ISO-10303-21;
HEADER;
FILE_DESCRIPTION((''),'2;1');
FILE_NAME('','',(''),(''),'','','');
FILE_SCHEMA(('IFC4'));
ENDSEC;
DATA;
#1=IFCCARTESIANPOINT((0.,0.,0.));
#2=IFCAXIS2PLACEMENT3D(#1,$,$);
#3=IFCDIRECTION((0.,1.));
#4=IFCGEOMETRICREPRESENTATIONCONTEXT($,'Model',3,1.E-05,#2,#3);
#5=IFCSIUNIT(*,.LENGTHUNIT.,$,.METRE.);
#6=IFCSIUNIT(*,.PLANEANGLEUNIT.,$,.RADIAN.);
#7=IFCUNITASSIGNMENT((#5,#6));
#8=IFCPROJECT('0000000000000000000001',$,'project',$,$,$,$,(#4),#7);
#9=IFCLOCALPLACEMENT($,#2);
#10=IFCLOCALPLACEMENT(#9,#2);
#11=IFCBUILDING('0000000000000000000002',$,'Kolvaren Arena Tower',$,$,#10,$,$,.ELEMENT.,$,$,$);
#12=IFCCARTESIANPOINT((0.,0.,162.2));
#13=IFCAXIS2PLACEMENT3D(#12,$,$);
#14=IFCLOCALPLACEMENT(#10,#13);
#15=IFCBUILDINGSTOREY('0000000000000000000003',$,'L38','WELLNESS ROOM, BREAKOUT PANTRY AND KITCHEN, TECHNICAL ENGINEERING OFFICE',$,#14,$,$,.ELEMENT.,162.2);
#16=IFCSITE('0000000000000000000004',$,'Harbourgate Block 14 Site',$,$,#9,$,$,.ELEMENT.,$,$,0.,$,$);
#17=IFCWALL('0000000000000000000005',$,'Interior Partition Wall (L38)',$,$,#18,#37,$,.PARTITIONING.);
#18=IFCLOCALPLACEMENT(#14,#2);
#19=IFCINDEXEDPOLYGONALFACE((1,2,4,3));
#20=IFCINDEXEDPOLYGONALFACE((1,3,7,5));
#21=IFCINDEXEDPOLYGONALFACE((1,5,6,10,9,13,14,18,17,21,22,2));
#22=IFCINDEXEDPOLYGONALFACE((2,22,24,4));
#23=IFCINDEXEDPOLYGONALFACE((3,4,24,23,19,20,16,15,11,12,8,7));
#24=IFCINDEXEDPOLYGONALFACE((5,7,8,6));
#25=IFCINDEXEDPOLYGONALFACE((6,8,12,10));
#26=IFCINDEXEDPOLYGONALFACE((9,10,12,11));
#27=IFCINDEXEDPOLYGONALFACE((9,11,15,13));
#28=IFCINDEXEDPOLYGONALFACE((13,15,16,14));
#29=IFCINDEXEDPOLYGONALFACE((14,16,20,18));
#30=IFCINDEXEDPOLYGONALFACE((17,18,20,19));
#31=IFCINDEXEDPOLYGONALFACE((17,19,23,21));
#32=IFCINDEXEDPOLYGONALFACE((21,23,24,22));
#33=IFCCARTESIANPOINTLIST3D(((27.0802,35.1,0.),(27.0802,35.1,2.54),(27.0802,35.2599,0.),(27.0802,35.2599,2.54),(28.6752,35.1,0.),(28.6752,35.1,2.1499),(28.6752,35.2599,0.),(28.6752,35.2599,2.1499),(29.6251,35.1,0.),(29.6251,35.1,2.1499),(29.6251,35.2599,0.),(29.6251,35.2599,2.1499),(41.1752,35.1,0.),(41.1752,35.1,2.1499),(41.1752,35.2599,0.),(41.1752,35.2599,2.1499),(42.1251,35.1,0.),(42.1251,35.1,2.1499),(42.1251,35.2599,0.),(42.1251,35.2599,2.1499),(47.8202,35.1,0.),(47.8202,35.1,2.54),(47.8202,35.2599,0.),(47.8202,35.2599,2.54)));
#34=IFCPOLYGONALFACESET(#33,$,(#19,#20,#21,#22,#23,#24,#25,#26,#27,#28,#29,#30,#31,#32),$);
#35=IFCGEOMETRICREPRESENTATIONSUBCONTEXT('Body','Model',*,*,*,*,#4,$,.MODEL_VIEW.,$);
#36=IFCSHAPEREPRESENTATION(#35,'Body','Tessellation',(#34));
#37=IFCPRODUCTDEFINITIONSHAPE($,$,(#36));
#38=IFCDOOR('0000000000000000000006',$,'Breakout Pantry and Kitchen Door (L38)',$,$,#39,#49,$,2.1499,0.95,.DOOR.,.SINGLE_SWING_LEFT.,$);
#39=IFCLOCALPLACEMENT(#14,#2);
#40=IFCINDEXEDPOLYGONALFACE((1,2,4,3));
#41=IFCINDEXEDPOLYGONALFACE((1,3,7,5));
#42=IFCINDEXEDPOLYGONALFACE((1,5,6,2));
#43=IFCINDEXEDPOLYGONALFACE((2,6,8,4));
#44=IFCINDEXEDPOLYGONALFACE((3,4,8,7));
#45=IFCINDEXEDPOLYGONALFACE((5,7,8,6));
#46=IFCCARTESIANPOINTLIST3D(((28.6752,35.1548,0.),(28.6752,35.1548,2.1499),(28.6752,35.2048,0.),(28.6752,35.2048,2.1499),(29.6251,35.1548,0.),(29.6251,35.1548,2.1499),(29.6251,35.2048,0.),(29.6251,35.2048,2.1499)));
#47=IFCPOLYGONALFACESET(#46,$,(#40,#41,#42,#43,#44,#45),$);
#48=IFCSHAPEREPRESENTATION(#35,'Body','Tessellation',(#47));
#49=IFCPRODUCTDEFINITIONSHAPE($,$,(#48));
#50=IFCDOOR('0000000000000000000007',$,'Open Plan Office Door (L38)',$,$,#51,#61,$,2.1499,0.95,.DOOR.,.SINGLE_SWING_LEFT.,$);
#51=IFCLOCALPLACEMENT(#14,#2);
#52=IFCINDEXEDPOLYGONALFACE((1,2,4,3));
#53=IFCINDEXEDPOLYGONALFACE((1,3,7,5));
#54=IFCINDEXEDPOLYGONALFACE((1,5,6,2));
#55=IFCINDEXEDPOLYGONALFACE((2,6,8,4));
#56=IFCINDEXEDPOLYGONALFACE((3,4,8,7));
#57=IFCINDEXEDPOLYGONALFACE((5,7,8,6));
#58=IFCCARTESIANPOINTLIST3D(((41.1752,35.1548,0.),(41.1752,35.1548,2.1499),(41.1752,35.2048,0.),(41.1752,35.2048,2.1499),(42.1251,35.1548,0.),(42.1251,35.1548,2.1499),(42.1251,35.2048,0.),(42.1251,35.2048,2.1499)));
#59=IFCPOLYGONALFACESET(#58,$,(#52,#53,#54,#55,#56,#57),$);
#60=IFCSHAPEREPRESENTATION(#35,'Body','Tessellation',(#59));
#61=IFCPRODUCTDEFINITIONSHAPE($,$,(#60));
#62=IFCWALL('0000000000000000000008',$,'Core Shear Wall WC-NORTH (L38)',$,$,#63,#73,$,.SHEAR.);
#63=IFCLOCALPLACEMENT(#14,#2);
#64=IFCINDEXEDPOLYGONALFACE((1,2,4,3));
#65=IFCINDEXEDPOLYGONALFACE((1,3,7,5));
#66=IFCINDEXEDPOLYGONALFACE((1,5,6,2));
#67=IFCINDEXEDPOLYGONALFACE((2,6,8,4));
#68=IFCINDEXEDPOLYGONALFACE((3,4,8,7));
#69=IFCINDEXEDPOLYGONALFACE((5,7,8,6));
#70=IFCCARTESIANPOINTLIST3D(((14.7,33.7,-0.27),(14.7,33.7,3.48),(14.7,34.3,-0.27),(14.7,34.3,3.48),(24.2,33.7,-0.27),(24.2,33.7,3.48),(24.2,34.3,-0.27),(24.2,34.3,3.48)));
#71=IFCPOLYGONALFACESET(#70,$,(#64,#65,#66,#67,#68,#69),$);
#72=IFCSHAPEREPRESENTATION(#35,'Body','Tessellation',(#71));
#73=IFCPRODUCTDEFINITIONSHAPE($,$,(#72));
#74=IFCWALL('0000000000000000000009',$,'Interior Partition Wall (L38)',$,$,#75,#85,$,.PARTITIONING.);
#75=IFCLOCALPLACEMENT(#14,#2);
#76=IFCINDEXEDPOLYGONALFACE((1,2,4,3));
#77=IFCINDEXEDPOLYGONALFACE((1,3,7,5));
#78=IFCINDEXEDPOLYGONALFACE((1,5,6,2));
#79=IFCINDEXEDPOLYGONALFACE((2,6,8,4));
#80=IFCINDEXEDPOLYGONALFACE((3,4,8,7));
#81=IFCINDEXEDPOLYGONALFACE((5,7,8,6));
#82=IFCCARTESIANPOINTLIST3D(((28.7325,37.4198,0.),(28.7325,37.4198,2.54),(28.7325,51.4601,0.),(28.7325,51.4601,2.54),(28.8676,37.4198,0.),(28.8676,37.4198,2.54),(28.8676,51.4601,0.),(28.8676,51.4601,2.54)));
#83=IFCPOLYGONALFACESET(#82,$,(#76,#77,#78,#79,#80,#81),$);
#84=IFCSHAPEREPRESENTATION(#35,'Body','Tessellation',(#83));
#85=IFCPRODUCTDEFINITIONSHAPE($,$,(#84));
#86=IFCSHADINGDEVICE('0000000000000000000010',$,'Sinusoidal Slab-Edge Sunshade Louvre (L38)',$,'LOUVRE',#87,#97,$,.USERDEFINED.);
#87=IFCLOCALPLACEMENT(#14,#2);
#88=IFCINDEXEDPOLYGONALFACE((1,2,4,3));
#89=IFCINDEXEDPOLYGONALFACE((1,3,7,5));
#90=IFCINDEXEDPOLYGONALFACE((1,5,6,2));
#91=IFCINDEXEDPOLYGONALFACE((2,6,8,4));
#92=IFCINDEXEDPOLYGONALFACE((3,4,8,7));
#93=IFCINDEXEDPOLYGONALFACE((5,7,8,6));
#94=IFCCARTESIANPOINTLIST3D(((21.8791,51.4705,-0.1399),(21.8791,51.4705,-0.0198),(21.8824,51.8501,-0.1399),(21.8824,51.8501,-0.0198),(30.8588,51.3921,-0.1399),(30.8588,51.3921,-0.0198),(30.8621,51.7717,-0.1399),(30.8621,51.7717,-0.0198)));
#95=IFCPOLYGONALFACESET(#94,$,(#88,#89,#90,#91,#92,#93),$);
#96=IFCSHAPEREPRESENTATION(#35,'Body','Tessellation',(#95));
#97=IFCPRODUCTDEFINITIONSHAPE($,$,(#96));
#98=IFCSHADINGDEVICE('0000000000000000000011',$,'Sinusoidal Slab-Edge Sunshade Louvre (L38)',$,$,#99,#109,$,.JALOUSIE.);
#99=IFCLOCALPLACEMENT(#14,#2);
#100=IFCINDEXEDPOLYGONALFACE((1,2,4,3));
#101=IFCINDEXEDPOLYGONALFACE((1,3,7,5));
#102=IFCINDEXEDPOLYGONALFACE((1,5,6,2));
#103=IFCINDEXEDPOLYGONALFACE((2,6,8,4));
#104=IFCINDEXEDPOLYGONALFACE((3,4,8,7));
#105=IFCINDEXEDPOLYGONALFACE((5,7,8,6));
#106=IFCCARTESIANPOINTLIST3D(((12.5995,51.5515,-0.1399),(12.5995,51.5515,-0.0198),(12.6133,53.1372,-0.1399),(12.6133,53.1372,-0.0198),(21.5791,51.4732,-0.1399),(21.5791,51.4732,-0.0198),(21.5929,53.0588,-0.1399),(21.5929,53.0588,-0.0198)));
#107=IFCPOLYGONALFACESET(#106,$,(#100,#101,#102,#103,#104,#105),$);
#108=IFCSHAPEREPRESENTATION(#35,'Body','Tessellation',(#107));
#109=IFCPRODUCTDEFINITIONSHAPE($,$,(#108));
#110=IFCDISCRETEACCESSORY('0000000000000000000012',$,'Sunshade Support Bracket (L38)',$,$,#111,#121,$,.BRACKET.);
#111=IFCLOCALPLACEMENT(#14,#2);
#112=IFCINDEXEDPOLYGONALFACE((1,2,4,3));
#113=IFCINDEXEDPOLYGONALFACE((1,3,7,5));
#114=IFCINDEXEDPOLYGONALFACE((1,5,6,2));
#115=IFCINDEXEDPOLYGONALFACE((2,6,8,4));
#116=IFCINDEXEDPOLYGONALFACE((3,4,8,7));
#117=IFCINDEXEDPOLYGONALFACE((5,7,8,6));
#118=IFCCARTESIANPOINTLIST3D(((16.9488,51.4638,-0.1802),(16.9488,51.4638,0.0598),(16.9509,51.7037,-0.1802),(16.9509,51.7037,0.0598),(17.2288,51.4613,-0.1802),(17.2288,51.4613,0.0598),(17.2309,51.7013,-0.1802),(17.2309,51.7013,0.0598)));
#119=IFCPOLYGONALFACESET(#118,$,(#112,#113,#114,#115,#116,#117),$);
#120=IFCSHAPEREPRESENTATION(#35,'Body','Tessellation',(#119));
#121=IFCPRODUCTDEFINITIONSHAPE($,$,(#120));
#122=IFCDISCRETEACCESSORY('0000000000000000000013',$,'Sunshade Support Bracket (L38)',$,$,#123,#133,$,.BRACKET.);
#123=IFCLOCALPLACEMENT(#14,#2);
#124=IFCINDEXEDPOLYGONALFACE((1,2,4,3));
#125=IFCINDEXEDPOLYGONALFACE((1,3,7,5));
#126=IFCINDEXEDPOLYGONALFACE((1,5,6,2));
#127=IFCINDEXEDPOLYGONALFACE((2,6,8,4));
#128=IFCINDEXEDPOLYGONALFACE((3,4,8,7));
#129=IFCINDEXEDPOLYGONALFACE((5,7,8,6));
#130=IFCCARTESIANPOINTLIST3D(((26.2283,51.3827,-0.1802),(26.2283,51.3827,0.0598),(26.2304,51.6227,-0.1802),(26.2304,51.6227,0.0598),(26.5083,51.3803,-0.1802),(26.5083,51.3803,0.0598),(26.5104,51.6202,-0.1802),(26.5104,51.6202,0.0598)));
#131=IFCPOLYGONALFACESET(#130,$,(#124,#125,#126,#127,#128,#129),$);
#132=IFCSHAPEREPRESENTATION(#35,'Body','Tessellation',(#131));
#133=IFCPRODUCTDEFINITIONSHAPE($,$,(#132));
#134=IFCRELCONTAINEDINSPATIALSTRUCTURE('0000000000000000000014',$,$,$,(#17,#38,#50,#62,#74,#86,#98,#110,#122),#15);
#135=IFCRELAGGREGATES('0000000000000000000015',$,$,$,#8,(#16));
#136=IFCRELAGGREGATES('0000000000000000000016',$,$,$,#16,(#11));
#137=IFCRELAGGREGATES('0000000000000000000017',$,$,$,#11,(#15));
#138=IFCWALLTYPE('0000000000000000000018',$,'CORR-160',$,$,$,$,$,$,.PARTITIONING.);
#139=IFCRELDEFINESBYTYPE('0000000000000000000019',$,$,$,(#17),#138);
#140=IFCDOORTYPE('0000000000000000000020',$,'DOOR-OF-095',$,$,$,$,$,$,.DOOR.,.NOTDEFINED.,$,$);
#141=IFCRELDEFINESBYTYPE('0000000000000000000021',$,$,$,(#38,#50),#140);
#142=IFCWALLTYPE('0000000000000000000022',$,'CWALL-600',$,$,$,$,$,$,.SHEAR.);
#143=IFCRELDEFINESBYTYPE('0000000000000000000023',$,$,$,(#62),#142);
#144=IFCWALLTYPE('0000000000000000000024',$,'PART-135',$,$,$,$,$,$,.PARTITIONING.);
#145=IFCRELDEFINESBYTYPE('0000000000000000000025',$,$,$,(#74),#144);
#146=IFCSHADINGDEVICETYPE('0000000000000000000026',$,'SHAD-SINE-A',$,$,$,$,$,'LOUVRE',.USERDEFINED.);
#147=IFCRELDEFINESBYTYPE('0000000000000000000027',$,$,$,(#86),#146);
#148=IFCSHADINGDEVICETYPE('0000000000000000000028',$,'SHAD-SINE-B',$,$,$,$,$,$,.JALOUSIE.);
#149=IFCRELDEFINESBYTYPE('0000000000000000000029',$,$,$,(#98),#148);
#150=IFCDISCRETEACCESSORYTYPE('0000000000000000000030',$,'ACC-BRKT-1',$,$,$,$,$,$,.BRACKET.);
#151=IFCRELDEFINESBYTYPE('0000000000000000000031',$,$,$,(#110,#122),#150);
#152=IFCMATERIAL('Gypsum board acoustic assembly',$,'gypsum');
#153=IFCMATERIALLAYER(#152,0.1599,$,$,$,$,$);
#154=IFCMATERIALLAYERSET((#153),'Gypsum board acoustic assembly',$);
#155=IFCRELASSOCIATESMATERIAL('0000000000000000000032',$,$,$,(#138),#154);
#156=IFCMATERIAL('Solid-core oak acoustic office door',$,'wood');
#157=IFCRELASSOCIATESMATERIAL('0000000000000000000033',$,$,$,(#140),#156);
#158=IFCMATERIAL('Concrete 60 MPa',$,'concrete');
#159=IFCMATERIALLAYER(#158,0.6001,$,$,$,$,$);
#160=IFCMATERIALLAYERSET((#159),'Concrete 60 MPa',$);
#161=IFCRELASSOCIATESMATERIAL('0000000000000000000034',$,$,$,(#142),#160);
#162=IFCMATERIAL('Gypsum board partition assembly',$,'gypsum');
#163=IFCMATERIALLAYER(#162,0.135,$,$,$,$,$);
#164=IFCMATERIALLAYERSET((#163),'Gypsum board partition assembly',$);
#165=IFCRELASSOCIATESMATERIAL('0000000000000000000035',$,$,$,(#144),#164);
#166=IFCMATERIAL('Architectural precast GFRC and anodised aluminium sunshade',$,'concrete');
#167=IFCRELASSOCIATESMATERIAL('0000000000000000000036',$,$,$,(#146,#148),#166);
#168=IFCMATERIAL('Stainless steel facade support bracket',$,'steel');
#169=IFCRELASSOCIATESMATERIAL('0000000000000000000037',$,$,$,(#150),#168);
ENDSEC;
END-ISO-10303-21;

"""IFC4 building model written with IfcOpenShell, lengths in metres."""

from ifc_helpers import new_model, si_unit, direction, frame, frame_2d, origin, origin_2d, place, context, subcontext, project, spatial, rectangle, extrude, material, layer, layer_set, type_object, element, fill, save


model = new_model("IFC4")

# Units and contexts
model_context = context("Model", 3, precision=1e-05, world=origin(), true_north=direction((0.0, 1.0)))
body_context = subcontext(model_context, "Body", "Model", "MODEL_VIEW")
ifc_project = project(units=[si_unit("LENGTHUNIT", "METRE"), si_unit("PLANEANGLEUNIT", "RADIAN")], contexts=[model_context])

# Site, building, storey
site_placement = place(None, origin())
site = spatial("IfcSite", under=ifc_project, at=site_placement, Name="Harbourgate Block 14 Site", CompositionType="ELEMENT", RefElevation=0.0)
building_placement = place(site_placement, origin())
building = spatial("IfcBuilding", under=site, at=building_placement, Name="Kolvaren Arena Tower", CompositionType="ELEMENT")
storey_placement = place(building_placement, frame((0.0, 0.0, 162.2)))
storey = spatial("IfcBuildingStorey", under=building, at=storey_placement, Name="L38", Description="WELLNESS ROOM, BREAKOUT PANTRY AND KITCHEN, TECHNICAL ENGINEERING OFFICE", CompositionType="ELEMENT", Elevation=162.2)

# Shared definitions
ifc_material_1 = material(Name="Gypsum board acoustic assembly", Category="gypsum")
ifc_layer_1 = layer(ifc_material_1, 0.1599)
ifc_layer_set_1 = layer_set([ifc_layer_1], Name="Gypsum board acoustic assembly")
wall_type_1 = type_object("IfcWallType", Name="CORR-160", PredefinedType="PARTITIONING", material=ifc_layer_set_1)

# Wall, openings, doors
ifc_material_2 = material(Name="Solid-core oak acoustic office door", Category="wood")
door_type = type_object("IfcDoorType", Name="DOOR-OF-095", OperationType="NOTDEFINED", PredefinedType="DOOR", material=ifc_material_2)
wall_1_placement = place(storey_placement, frame((27.0801, 35.1799, 0.0), z_axis=(0.0, 0.0, 1.0), x_axis=(1.0, 0.0, 0.0)))
wall_1 = element("IfcWall", 1, at=wall_1_placement, inside=storey, type_object=wall_type_1, Name="Interior Partition Wall (L38)", PredefinedType="PARTITIONING", context=body_context, shape_type="SweptSolid", body=[
    extrude(rectangle(XDim=20.74, YDim=0.1599, at=frame_2d((10.3701, 0.0))), origin(), (0.0, 0.0, 1.0), 2.54),
])
opening_1_placement = place(wall_1_placement, frame((1.595, 0.0, 0.0)))
opening_1 = element("IfcOpeningElement", 2, at=opening_1_placement, cuts=wall_1, PredefinedType="OPENING", context=body_context, shape_type="SweptSolid", body=[
    extrude(rectangle(XDim=0.95, YDim=2.1499, at=frame_2d((0.4751, 1.075))), frame((0.0, 0.0898, 0.0), z_axis=(0.0, -1.0, 0.0), x_axis=(1.0, 0.0, 0.0)), (0.0, 0.0, 1.0), 0.1799),
])
opening_2_placement = place(wall_1_placement, frame((14.095, 0.0, 0.0)))
opening_2 = element("IfcOpeningElement", 3, at=opening_2_placement, cuts=wall_1, PredefinedType="OPENING", context=body_context, shape_type="SweptSolid", body=[
    extrude(rectangle(XDim=0.95, YDim=2.1499, at=frame_2d((0.4751, 1.075))), frame((0.0, 0.0898, 0.0), z_axis=(0.0, -1.0, 0.0), x_axis=(1.0, 0.0, 0.0)), (0.0, 0.0, 1.0), 0.1799),
])
door_1_placement = place(opening_1_placement, origin())
door_1 = element("IfcDoor", 4, at=door_1_placement, inside=storey, type_object=door_type, Name="Breakout Pantry and Kitchen Door (L38)", OperationType="SINGLE_SWING_LEFT", OverallHeight=2.1499, OverallWidth=0.95, PredefinedType="DOOR", context=body_context, shape_type="SweptSolid", body=[
    extrude(rectangle(XDim=0.95, YDim=2.1499, at=frame_2d((0.4751, 1.075))), frame((0.0, 0.0249, 0.0), z_axis=(0.0, -1.0, 0.0), x_axis=(1.0, 0.0, 0.0)), (0.0, 0.0, 1.0), 0.05),
])
fill(opening_1, door_1)
door_2_placement = place(opening_2_placement, origin())
door_2 = element("IfcDoor", 5, at=door_2_placement, inside=storey, type_object=door_type, Name="Open Plan Office Door (L38)", OperationType="SINGLE_SWING_LEFT", OverallHeight=2.1499, OverallWidth=0.95, PredefinedType="DOOR", context=body_context, shape_type="SweptSolid", body=[
    extrude(rectangle(XDim=0.95, YDim=2.1499, at=frame_2d((0.4751, 1.075))), frame((0.0, 0.0249, 0.0), z_axis=(0.0, -1.0, 0.0), x_axis=(1.0, 0.0, 0.0)), (0.0, 0.0, 1.0), 0.05),
])
fill(opening_2, door_2)

# Walls
ifc_material_3 = material(Name="Concrete 60 MPa", Category="concrete")
ifc_layer_2 = layer(ifc_material_3, 0.6001)
ifc_layer_set_2 = layer_set([ifc_layer_2], Name="Concrete 60 MPa")
wall_type_2 = type_object("IfcWallType", Name="CWALL-600", PredefinedType="SHEAR", material=ifc_layer_set_2)
wall_2_placement = place(storey_placement, frame((14.7, 34.0, -0.27), z_axis=(0.0, 0.0, 1.0), x_axis=(1.0, 0.0, 0.0)))
element("IfcWall", 6, at=wall_2_placement, inside=storey, type_object=wall_type_2, Name="Core Shear Wall WC-NORTH (L38)", PredefinedType="SHEAR", context=body_context, shape_type="SweptSolid", body=[
    extrude(rectangle(XDim=9.5, YDim=0.6001, at=frame_2d((4.75, 0.0))), origin(), (0.0, 0.0, 1.0), 3.75),
])
ifc_material_4 = material(Name="Gypsum board partition assembly", Category="gypsum")
ifc_layer_3 = layer(ifc_material_4, 0.135)
ifc_layer_set_3 = layer_set([ifc_layer_3], Name="Gypsum board partition assembly")
wall_type_3 = type_object("IfcWallType", Name="PART-135", PredefinedType="PARTITIONING", material=ifc_layer_set_3)
wall_3_placement = place(storey_placement, frame((28.8, 37.4199, 0.0), z_axis=(0.0, 0.0, 1.0), x_axis=(0.0, 1.0, 0.0)))
element("IfcWall", 7, at=wall_3_placement, inside=storey, type_object=wall_type_3, Name="Interior Partition Wall (L38)", PredefinedType="PARTITIONING", context=body_context, shape_type="SweptSolid", body=[
    extrude(rectangle(XDim=14.0403, YDim=0.135, at=frame_2d((7.02, 0.0))), origin(), (0.0, 0.0, 1.0), 2.54),
])

# Shading devices
ifc_material_5 = material(Name="Architectural precast GFRC and anodised aluminium sunshade", Category="concrete")
shading_device_type_1 = type_object("IfcShadingDeviceType", Name="SHAD-SINE-A", ElementType="LOUVRE", PredefinedType="USERDEFINED", material=ifc_material_5)
shading_device_1_placement = place(storey_placement, frame((26.3706, 51.6211, -0.1399), z_axis=(0.0, 0.0, 1.0), x_axis=(0.999962, -0.008727, 0.0)))
element("IfcShadingDevice", 8, at=shading_device_1_placement, inside=storey, type_object=shading_device_type_1, Name="Sinusoidal Slab-Edge Sunshade Louvre (L38)", ObjectType="LOUVRE", PredefinedType="USERDEFINED", context=body_context, shape_type="SweptSolid", body=[
    extrude(rectangle(XDim=8.98, YDim=0.3796, at=origin_2d()), origin(), (0.0, 0.0, 1.0), 0.1201),
])
shading_device_type_2 = type_object("IfcShadingDeviceType", Name="SHAD-SINE-B", PredefinedType="JALOUSIE", material=ifc_material_5)
shading_device_2_placement = place(storey_placement, frame((17.0962, 52.3052, -0.1399), z_axis=(0.0, 0.0, 1.0), x_axis=(0.999962, -0.008727, 0.0)))
element("IfcShadingDevice", 9, at=shading_device_2_placement, inside=storey, type_object=shading_device_type_2, Name="Sinusoidal Slab-Edge Sunshade Louvre (L38)", PredefinedType="JALOUSIE", context=body_context, shape_type="SweptSolid", body=[
    extrude(rectangle(XDim=8.98, YDim=1.5857, at=origin_2d()), origin(), (0.0, 0.0, 1.0), 0.1201),
])

# Discrete accessories
ifc_material_6 = material(Name="Stainless steel facade support bracket", Category="steel")
discrete_accessory_type = type_object("IfcDiscreteAccessoryType", Name="ACC-BRKT-1", PredefinedType="BRACKET", material=ifc_material_6)
for number, where, z_axis, x_axis, name in (
    (10, (17.0898, 51.5825, -0.1802), (0.0, 0.0, 1.0), (0.999962, -0.008727, 0.0), "Sunshade Support Bracket (L38)"),
    (11, (26.3694, 51.5015, -0.1802), (0.0, 0.0, 1.0), (0.999962, -0.008727, 0.0), "Sunshade Support Bracket (L38)"),
):
    element("IfcDiscreteAccessory", number, at=place(storey_placement, frame(where, z_axis=z_axis, x_axis=x_axis)), inside=storey, type_object=discrete_accessory_type, Name=name, PredefinedType="BRACKET", context=body_context, shape_type="SweptSolid", body=[
        extrude(rectangle(XDim=0.28, YDim=0.24, at=origin_2d()), origin(), (0.0, 0.0, 1.0), 0.24),
    ])

save(model, "model.ifc")
